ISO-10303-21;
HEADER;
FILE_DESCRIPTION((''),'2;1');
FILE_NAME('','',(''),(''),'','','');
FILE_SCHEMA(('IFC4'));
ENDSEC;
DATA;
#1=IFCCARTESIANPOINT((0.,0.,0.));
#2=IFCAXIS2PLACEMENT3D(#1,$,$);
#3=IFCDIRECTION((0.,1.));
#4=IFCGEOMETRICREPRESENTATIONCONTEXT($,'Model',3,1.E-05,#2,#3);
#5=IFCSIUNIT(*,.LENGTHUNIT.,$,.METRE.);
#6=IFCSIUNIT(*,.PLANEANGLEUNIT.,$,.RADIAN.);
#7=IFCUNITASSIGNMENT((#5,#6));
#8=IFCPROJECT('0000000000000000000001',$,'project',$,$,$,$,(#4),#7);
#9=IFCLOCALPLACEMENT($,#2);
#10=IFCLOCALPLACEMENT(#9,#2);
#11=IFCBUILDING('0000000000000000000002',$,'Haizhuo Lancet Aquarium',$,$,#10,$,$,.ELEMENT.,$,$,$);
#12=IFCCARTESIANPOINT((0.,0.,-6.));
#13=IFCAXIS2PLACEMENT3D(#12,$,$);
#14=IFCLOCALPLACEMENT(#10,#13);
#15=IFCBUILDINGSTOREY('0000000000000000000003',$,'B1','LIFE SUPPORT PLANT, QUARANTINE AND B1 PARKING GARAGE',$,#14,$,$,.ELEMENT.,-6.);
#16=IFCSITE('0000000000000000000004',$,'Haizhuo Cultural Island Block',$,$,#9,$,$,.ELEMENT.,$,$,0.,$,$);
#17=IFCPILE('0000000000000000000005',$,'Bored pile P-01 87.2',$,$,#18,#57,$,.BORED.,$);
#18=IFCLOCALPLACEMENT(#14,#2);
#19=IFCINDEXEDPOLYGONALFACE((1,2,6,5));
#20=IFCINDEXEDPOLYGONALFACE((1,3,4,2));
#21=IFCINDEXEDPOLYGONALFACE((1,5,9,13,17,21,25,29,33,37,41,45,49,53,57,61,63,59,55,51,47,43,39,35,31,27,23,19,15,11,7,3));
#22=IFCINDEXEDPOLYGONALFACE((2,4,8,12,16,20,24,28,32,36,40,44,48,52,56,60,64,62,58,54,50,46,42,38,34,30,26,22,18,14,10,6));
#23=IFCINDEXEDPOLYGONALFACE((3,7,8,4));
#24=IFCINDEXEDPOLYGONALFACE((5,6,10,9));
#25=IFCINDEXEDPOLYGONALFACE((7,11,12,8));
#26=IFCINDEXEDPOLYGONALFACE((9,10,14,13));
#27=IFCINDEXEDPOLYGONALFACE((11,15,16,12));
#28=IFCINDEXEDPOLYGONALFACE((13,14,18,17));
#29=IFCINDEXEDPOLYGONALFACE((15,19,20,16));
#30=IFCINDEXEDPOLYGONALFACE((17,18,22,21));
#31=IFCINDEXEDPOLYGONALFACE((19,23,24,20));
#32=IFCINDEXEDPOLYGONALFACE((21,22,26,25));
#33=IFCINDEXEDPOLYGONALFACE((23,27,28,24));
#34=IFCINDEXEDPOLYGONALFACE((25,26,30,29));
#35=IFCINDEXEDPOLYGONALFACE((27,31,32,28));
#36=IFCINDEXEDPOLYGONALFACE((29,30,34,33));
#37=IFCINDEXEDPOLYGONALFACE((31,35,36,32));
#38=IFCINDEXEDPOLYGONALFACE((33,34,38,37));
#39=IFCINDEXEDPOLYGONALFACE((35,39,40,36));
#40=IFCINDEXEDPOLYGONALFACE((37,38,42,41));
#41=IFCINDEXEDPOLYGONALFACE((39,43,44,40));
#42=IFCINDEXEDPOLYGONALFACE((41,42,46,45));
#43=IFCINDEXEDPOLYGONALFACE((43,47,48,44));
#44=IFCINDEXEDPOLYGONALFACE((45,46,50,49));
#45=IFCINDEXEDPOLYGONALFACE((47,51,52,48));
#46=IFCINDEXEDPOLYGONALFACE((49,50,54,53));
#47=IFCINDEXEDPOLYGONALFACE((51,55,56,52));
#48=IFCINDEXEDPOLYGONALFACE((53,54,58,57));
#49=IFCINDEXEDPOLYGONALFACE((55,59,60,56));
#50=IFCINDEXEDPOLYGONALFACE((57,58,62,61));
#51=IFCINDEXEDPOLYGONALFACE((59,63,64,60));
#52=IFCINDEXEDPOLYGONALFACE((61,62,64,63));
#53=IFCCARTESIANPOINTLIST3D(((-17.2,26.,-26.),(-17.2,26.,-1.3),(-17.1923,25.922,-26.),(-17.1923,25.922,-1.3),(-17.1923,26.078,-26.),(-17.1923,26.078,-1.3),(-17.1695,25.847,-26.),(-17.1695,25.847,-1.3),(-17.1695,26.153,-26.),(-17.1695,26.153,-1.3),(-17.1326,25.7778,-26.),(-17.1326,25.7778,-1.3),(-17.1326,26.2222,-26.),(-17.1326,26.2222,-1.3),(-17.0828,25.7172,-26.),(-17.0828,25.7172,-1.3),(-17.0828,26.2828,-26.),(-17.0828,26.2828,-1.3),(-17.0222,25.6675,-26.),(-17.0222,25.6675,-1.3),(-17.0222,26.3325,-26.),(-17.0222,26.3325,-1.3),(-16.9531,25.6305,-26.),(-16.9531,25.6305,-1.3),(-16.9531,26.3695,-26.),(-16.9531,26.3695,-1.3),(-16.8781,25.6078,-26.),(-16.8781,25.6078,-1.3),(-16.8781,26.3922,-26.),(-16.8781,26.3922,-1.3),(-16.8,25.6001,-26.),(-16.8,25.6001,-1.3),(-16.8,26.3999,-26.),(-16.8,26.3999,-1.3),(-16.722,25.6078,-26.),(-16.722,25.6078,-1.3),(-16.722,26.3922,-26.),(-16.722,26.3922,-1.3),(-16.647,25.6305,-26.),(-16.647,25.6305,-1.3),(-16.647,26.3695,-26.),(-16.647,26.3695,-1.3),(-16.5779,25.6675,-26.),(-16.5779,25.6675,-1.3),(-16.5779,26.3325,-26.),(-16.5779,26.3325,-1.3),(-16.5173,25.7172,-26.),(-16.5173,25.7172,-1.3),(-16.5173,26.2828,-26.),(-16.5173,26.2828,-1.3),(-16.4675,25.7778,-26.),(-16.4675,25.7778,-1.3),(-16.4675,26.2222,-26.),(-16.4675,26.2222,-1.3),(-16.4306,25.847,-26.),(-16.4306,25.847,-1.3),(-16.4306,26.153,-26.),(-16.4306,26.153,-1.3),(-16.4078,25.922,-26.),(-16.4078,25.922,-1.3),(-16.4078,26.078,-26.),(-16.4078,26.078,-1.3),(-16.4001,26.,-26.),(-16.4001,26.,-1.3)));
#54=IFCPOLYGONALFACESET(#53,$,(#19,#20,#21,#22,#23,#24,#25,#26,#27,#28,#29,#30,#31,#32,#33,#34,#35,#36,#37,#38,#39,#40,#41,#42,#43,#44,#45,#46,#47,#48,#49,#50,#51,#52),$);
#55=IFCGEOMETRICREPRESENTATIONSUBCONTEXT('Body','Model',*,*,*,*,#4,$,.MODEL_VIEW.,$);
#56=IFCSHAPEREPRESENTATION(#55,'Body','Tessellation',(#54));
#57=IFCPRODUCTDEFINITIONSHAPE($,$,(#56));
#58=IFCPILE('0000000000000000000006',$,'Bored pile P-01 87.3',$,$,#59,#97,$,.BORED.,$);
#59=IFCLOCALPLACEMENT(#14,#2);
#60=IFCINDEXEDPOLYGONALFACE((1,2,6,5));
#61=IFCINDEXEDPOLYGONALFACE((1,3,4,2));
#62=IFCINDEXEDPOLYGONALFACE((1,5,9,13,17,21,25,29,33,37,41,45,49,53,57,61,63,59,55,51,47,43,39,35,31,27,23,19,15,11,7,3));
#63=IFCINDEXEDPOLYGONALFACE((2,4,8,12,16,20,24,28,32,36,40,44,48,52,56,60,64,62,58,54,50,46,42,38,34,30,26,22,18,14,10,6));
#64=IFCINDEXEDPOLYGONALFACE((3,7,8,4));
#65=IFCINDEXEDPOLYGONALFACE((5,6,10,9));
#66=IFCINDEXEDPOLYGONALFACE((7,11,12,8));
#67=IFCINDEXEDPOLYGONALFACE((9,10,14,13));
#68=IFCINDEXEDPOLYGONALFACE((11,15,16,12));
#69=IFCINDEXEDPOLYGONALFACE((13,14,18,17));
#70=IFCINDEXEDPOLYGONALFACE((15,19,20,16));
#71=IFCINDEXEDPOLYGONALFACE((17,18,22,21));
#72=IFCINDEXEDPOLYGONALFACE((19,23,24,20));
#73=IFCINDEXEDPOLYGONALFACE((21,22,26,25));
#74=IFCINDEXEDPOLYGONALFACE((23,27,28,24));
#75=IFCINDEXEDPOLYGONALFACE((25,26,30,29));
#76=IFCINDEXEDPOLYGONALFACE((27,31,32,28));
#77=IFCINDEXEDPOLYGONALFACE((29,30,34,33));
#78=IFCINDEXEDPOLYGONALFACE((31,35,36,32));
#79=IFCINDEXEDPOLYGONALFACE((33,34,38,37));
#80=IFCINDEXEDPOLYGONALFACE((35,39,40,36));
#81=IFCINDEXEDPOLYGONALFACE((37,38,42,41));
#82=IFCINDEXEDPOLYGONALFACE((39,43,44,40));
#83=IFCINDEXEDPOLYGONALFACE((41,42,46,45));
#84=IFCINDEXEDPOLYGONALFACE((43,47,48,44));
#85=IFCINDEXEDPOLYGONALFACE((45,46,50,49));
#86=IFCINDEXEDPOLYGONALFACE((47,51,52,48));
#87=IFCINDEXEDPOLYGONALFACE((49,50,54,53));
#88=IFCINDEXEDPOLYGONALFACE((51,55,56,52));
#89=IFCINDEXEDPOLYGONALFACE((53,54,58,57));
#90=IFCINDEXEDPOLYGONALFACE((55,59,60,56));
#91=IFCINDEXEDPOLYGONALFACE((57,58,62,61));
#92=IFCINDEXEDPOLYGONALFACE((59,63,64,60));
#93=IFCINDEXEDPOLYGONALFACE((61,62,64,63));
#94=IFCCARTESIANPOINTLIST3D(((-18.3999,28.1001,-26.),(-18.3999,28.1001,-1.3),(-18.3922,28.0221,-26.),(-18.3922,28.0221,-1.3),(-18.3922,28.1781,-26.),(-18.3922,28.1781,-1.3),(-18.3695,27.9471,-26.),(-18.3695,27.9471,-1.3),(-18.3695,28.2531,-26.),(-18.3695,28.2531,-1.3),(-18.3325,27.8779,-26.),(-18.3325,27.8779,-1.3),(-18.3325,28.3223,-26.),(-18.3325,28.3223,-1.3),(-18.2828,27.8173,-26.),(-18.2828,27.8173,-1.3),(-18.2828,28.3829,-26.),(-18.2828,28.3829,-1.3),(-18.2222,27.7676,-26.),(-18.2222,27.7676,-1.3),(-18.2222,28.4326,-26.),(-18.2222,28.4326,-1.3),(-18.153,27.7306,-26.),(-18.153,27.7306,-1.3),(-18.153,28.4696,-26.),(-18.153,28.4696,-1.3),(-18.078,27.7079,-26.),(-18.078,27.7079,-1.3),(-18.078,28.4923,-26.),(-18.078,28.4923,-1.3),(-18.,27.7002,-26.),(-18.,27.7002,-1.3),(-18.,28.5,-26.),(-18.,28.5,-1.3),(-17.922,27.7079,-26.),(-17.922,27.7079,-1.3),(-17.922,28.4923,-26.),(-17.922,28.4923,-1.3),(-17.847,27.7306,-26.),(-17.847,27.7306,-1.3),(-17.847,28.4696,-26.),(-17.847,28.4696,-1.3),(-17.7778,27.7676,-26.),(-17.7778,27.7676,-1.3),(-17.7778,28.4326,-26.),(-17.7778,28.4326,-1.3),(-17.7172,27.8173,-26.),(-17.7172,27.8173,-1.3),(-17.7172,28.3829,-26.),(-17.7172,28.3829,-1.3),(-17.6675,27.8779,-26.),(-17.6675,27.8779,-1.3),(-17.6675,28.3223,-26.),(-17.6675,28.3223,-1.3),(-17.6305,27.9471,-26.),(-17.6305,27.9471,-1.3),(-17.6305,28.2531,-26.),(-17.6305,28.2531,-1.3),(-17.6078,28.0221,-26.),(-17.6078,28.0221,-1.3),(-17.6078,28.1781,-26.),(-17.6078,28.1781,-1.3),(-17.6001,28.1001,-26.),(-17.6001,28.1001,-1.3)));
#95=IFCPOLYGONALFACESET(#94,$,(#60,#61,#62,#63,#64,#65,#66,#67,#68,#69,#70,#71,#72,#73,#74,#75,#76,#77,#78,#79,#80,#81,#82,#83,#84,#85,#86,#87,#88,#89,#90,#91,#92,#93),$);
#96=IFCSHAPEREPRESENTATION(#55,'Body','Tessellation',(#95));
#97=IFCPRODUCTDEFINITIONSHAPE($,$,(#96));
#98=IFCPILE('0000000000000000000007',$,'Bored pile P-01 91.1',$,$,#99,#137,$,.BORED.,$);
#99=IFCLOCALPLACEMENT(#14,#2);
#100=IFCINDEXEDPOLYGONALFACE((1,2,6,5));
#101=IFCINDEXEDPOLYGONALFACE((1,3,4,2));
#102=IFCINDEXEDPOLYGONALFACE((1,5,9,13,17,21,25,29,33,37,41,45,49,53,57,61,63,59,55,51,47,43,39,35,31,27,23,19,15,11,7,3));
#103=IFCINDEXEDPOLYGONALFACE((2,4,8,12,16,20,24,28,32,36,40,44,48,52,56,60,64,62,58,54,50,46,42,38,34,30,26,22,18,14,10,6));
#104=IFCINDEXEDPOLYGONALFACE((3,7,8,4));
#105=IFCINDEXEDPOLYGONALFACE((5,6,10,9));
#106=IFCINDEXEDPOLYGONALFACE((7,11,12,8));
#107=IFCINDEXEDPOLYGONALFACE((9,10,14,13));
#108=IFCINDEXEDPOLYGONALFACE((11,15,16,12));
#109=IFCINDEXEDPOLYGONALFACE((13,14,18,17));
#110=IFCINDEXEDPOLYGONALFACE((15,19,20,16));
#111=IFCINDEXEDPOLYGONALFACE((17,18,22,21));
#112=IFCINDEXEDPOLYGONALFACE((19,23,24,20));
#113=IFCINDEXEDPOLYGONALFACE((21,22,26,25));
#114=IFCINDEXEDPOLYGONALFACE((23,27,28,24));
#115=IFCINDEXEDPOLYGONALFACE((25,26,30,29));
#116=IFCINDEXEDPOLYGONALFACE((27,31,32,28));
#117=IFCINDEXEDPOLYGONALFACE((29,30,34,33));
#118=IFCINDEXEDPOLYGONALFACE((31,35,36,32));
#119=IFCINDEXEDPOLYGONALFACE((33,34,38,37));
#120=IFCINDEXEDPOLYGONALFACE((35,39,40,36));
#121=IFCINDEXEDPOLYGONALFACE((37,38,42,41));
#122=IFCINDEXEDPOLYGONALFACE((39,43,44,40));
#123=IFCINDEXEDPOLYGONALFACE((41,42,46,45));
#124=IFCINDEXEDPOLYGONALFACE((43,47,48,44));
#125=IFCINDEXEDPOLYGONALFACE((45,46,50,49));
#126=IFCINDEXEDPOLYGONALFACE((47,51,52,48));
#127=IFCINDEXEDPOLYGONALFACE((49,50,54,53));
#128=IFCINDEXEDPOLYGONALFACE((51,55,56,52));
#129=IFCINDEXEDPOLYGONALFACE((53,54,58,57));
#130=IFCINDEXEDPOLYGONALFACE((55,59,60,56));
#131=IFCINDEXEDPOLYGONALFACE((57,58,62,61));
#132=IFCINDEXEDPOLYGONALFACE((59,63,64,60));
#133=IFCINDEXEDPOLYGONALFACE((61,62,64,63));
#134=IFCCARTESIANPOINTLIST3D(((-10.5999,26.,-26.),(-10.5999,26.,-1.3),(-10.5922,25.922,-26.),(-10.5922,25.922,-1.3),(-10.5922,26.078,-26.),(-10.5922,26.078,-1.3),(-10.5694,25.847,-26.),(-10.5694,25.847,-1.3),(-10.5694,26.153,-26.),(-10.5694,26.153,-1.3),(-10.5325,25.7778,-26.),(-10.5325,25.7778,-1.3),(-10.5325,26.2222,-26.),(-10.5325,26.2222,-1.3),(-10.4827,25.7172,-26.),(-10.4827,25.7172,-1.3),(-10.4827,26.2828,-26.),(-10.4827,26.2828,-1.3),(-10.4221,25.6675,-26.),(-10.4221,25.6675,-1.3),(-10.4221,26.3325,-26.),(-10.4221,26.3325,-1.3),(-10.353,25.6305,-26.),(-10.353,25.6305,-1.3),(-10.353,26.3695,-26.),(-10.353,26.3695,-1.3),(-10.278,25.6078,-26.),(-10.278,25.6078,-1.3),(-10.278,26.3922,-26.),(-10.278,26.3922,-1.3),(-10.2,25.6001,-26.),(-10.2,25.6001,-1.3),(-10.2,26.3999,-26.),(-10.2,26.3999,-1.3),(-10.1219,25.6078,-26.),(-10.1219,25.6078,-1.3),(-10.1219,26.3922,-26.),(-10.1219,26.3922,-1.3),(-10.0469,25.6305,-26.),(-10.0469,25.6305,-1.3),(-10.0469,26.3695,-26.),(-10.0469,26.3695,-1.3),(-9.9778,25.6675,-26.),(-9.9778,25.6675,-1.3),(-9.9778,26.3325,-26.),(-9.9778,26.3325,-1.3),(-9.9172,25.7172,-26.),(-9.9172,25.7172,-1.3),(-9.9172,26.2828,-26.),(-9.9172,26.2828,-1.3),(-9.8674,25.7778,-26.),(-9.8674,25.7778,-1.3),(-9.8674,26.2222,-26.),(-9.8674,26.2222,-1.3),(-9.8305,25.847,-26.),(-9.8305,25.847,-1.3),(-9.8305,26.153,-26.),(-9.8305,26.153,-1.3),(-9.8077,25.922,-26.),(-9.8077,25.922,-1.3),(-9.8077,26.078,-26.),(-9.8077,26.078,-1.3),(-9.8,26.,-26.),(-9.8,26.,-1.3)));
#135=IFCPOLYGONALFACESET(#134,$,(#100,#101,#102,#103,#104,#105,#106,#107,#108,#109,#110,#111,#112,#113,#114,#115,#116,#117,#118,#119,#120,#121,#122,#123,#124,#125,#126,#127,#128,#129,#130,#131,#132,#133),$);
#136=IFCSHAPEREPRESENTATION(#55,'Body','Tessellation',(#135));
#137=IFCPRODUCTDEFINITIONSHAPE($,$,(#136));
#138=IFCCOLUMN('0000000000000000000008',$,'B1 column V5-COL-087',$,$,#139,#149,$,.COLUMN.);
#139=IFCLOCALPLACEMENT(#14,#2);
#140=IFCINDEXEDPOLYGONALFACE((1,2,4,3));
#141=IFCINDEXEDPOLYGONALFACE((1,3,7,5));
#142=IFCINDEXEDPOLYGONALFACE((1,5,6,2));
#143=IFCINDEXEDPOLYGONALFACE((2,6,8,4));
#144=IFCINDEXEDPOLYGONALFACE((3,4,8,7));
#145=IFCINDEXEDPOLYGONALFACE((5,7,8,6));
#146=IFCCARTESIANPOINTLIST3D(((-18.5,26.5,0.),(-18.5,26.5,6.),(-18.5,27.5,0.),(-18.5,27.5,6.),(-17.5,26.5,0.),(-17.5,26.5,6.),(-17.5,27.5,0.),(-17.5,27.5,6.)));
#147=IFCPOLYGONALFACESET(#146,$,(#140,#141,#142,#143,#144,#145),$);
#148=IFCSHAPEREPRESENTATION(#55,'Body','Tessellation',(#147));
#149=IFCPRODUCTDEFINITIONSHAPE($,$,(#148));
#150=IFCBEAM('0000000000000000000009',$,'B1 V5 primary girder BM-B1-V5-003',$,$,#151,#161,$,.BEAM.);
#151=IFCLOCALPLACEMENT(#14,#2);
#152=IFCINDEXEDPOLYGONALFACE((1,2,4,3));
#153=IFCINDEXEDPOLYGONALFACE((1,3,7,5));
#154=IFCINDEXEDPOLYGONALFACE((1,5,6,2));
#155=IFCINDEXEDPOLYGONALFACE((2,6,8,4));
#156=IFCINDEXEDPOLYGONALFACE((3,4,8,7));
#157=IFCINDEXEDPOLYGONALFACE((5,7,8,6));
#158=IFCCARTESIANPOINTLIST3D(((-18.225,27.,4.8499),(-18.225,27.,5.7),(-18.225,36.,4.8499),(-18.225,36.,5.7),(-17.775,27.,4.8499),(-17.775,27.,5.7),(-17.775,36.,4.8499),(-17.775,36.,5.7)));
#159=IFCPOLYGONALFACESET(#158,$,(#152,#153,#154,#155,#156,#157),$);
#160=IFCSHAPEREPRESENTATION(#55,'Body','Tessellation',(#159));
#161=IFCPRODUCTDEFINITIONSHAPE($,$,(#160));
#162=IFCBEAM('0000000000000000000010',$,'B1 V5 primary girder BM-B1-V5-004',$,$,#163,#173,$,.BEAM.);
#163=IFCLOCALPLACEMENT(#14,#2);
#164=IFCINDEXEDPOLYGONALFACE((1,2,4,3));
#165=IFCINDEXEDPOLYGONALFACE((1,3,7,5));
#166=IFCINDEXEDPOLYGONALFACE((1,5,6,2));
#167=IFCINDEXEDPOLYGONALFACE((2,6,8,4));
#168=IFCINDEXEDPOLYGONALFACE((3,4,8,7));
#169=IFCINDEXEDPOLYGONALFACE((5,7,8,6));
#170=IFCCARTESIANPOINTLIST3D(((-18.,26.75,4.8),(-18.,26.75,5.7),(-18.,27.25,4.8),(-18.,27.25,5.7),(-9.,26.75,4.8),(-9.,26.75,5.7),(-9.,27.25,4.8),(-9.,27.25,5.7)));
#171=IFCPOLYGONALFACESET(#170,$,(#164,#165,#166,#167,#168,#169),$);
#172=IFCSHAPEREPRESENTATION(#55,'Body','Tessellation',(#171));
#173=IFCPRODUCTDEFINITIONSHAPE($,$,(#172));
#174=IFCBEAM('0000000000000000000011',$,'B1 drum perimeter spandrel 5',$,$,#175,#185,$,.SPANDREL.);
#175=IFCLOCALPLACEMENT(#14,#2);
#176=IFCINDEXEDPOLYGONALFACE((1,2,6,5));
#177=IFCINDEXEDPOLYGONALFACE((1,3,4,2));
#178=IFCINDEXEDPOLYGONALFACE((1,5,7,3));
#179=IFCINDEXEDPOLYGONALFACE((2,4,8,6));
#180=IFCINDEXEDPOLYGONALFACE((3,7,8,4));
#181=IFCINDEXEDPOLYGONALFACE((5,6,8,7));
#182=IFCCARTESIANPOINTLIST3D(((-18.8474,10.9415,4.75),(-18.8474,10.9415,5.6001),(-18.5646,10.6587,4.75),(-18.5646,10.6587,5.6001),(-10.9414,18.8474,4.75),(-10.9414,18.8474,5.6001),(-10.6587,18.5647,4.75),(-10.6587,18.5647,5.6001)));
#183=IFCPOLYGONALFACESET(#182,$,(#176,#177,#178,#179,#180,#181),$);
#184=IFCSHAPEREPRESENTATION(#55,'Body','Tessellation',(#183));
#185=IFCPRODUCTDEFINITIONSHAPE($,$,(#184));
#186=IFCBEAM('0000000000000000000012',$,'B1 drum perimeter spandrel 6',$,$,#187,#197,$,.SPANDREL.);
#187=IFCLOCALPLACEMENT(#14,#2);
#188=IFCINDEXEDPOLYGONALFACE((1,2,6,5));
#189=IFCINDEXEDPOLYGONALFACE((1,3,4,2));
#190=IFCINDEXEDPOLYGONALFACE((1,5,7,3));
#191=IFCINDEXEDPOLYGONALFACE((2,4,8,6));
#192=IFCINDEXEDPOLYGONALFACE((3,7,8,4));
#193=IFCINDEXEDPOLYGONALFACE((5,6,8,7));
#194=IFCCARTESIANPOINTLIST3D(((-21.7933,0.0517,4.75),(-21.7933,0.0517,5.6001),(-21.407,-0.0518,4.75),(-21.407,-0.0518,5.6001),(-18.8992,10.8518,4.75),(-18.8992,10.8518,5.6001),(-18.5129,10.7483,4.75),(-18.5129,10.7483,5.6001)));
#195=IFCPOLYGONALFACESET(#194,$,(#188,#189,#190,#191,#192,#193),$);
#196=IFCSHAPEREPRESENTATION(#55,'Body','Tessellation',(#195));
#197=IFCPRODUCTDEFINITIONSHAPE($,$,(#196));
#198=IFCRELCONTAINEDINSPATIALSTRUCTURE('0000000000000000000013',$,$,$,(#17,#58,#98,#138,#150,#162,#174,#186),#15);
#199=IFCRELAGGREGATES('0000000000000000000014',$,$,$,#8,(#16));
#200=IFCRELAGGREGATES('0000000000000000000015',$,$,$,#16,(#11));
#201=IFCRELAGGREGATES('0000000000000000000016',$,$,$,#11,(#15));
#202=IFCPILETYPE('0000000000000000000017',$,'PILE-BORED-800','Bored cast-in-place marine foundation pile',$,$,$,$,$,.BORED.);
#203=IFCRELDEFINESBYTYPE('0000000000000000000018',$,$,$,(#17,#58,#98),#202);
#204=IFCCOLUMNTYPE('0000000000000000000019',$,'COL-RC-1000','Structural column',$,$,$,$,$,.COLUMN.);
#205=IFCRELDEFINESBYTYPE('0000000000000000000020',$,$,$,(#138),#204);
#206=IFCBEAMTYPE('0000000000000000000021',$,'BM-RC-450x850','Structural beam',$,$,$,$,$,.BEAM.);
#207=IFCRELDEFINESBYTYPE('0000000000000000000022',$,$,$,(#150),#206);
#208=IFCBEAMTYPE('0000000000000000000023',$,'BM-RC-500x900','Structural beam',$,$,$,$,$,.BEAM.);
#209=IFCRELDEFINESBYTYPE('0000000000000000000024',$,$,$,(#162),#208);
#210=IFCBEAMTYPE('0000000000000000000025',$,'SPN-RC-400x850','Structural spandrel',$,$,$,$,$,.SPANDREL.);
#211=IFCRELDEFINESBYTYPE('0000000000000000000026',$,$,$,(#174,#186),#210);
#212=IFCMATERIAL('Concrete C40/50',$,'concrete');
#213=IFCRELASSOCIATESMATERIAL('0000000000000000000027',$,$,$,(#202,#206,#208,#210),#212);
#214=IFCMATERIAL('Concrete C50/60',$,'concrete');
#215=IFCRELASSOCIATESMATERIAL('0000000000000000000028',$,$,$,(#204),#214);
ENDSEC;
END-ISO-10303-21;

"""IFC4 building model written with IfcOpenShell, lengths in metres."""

from ifc_helpers import new_model, si_unit, direction, frame, origin, origin_2d, place, context, subcontext, project, spatial, rectangle, circle, extrude, material, material_profile, profile_set, type_object, element, save


model = new_model("IFC4")

# Units and contexts
model_context = context("Model", 3, precision=1e-05, world=origin(), true_north=direction((0.0, 1.0)))
body_context = subcontext(model_context, "Body", "Model", "MODEL_VIEW")
ifc_project = project(units=[si_unit("LENGTHUNIT", "METRE"), si_unit("PLANEANGLEUNIT", "RADIAN")], contexts=[model_context])

# Site, building, storey
site_placement = place(None, origin())
site = spatial("IfcSite", under=ifc_project, at=site_placement, Name="Haizhuo Cultural Island Block", CompositionType="ELEMENT", RefElevation=0.0)
building_placement = place(site_placement, origin())
building = spatial("IfcBuilding", under=site, at=building_placement, Name="Haizhuo Lancet Aquarium", CompositionType="ELEMENT")
storey_placement = place(building_placement, frame((0.0, 0.0, -6.0)))
storey = spatial("IfcBuildingStorey", under=building, at=storey_placement, Name="B1", Description="LIFE SUPPORT PLANT, QUARANTINE AND B1 PARKING GARAGE", CompositionType="ELEMENT", Elevation=-6.0)

# Shared definitions
ifc_material_1 = material(Name="Concrete C40/50", Category="concrete")

# Piles
ifc_material_profile_1 = material_profile(ifc_material_1, circle(Radius=0.3999, at=origin_2d()), Name="PILE-800")
ifc_profile_set_1 = profile_set([ifc_material_profile_1], Name="Concrete C40/50")
pile_type_1 = type_object("IfcPileType", Name="PILE-BORED-800", Description="Bored cast-in-place marine foundation pile", PredefinedType="BORED", material=ifc_profile_set_1)
for number, where, z_axis, x_axis, name in (
    (1, (-16.8, 26.0, -1.3), (0.0, 0.0, -1.0), (1.0, 0.0, 0.0), "Bored pile P-01 87.2"),
    (2, (-18.0, 28.1001, -1.3), (0.0, 0.0, -1.0), (1.0, 0.0, 0.0), "Bored pile P-01 87.3"),
    (3, (-10.2, 26.0, -1.3), (0.0, 0.0, -1.0), (1.0, 0.0, 0.0), "Bored pile P-01 91.1"),
):
    element("IfcPile", number, at=place(storey_placement, frame(where, z_axis=z_axis, x_axis=x_axis)), inside=storey, type_object=pile_type_1, Name=name, PredefinedType="BORED", context=body_context, shape_type="SweptSolid", body=[
        extrude(circle(Radius=0.3999, at=origin_2d()), origin(), (0.0, 0.0, 1.0), 24.7),
    ])

# Column
ifc_material_2 = material(Name="Concrete C50/60", Category="concrete")
ifc_material_profile_2 = material_profile(ifc_material_2, rectangle(XDim=1.0, YDim=1.0, at=origin_2d()), Name="RC-COL 1000x1000")
ifc_profile_set_2 = profile_set([ifc_material_profile_2], Name="Concrete C50/60")
column_type_1 = type_object("IfcColumnType", Name="COL-RC-1000", Description="Structural column", PredefinedType="COLUMN", material=ifc_profile_set_2)
column_placement = place(storey_placement, frame((-18.0, 27.0, 0.0), z_axis=(0.0, 0.0, 1.0), x_axis=(1.0, 0.0, 0.0)))
element("IfcColumn", 4, at=column_placement, inside=storey, type_object=column_type_1, Name="B1 column V5-COL-087", PredefinedType="COLUMN", context=body_context, shape_type="SweptSolid", body=[
    extrude(rectangle(XDim=1.0, YDim=1.0, at=origin_2d()), origin(), (0.0, 0.0, 1.0), 6.0),
])

# Beams
ifc_material_profile_3 = material_profile(ifc_material_1, rectangle(XDim=0.45, YDim=0.8501, at=origin_2d()), Name="RC-BM 450x850")
ifc_profile_set_3 = profile_set([ifc_material_profile_3], Name="Concrete C40/50")
beam_type_1 = type_object("IfcBeamType", Name="BM-RC-450x850", Description="Structural beam", PredefinedType="BEAM", material=ifc_profile_set_3)
beam_1_placement = place(storey_placement, frame((-18.0, 27.0, 5.2749), z_axis=(0.0, 1.0, 0.0), x_axis=(-1.0, 0.0, 0.0)))
element("IfcBeam", 5, at=beam_1_placement, inside=storey, type_object=beam_type_1, Name="B1 V5 primary girder BM-B1-V5-003", PredefinedType="BEAM", context=body_context, shape_type="SweptSolid", body=[
    extrude(rectangle(XDim=0.45, YDim=0.8501, at=origin_2d()), origin(), (0.0, 0.0, 1.0), 9.0),
])
ifc_material_profile_4 = material_profile(ifc_material_1, rectangle(XDim=0.5, YDim=0.8999, at=origin_2d()), Name="RC-BM 500x900")
ifc_profile_set_4 = profile_set([ifc_material_profile_4], Name="Concrete C40/50")
beam_type_2 = type_object("IfcBeamType", Name="BM-RC-500x900", Description="Structural beam", PredefinedType="BEAM", material=ifc_profile_set_4)
beam_2_placement = place(storey_placement, frame((-18.0, 27.0, 5.25), z_axis=(1.0, 0.0, 0.0), x_axis=(0.0, 1.0, 0.0)))
element("IfcBeam", 6, at=beam_2_placement, inside=storey, type_object=beam_type_2, Name="B1 V5 primary girder BM-B1-V5-004", PredefinedType="BEAM", context=body_context, shape_type="SweptSolid", body=[
    extrude(rectangle(XDim=0.5, YDim=0.8999, at=origin_2d()), origin(), (0.0, 0.0, 1.0), 9.0),
])
ifc_material_profile_5 = material_profile(ifc_material_1, rectangle(XDim=0.3999, YDim=0.8501, at=origin_2d()), Name="RC-SP 400x850")
ifc_profile_set_5 = profile_set([ifc_material_profile_5], Name="Concrete C40/50")
beam_type_3 = type_object("IfcBeamType", Name="SPN-RC-400x850", Description="Structural spandrel", PredefinedType="SPANDREL", material=ifc_profile_set_5)
beam_3_placement = place(storey_placement, frame((-10.8, 18.7061, 5.175), z_axis=(-0.707107, -0.707107, 0.0), x_axis=(0.707107, -0.707107, 0.0)))
element("IfcBeam", 7, at=beam_3_placement, inside=storey, type_object=beam_type_3, Name="B1 drum perimeter spandrel 5", PredefinedType="SPANDREL", context=body_context, shape_type="SweptSolid", body=[
    extrude(rectangle(XDim=0.3999, YDim=0.8501, at=origin_2d()), origin(), (0.0, 0.0, 1.0), 11.1807),
])
beam_4_placement = place(storey_placement, frame((-18.7061, 10.8, 5.175), z_axis=(-0.258834, -0.965922, 0.0), x_axis=(0.965922, -0.258834, 0.0)))
element("IfcBeam", 8, at=beam_4_placement, inside=storey, type_object=beam_type_3, Name="B1 drum perimeter spandrel 6", PredefinedType="SPANDREL", context=body_context, shape_type="SweptSolid", body=[
    extrude(rectangle(XDim=0.3999, YDim=0.8501, at=origin_2d()), origin(), (0.0, 0.0, 1.0), 11.1812),
])

save(model, "model.ifc")
